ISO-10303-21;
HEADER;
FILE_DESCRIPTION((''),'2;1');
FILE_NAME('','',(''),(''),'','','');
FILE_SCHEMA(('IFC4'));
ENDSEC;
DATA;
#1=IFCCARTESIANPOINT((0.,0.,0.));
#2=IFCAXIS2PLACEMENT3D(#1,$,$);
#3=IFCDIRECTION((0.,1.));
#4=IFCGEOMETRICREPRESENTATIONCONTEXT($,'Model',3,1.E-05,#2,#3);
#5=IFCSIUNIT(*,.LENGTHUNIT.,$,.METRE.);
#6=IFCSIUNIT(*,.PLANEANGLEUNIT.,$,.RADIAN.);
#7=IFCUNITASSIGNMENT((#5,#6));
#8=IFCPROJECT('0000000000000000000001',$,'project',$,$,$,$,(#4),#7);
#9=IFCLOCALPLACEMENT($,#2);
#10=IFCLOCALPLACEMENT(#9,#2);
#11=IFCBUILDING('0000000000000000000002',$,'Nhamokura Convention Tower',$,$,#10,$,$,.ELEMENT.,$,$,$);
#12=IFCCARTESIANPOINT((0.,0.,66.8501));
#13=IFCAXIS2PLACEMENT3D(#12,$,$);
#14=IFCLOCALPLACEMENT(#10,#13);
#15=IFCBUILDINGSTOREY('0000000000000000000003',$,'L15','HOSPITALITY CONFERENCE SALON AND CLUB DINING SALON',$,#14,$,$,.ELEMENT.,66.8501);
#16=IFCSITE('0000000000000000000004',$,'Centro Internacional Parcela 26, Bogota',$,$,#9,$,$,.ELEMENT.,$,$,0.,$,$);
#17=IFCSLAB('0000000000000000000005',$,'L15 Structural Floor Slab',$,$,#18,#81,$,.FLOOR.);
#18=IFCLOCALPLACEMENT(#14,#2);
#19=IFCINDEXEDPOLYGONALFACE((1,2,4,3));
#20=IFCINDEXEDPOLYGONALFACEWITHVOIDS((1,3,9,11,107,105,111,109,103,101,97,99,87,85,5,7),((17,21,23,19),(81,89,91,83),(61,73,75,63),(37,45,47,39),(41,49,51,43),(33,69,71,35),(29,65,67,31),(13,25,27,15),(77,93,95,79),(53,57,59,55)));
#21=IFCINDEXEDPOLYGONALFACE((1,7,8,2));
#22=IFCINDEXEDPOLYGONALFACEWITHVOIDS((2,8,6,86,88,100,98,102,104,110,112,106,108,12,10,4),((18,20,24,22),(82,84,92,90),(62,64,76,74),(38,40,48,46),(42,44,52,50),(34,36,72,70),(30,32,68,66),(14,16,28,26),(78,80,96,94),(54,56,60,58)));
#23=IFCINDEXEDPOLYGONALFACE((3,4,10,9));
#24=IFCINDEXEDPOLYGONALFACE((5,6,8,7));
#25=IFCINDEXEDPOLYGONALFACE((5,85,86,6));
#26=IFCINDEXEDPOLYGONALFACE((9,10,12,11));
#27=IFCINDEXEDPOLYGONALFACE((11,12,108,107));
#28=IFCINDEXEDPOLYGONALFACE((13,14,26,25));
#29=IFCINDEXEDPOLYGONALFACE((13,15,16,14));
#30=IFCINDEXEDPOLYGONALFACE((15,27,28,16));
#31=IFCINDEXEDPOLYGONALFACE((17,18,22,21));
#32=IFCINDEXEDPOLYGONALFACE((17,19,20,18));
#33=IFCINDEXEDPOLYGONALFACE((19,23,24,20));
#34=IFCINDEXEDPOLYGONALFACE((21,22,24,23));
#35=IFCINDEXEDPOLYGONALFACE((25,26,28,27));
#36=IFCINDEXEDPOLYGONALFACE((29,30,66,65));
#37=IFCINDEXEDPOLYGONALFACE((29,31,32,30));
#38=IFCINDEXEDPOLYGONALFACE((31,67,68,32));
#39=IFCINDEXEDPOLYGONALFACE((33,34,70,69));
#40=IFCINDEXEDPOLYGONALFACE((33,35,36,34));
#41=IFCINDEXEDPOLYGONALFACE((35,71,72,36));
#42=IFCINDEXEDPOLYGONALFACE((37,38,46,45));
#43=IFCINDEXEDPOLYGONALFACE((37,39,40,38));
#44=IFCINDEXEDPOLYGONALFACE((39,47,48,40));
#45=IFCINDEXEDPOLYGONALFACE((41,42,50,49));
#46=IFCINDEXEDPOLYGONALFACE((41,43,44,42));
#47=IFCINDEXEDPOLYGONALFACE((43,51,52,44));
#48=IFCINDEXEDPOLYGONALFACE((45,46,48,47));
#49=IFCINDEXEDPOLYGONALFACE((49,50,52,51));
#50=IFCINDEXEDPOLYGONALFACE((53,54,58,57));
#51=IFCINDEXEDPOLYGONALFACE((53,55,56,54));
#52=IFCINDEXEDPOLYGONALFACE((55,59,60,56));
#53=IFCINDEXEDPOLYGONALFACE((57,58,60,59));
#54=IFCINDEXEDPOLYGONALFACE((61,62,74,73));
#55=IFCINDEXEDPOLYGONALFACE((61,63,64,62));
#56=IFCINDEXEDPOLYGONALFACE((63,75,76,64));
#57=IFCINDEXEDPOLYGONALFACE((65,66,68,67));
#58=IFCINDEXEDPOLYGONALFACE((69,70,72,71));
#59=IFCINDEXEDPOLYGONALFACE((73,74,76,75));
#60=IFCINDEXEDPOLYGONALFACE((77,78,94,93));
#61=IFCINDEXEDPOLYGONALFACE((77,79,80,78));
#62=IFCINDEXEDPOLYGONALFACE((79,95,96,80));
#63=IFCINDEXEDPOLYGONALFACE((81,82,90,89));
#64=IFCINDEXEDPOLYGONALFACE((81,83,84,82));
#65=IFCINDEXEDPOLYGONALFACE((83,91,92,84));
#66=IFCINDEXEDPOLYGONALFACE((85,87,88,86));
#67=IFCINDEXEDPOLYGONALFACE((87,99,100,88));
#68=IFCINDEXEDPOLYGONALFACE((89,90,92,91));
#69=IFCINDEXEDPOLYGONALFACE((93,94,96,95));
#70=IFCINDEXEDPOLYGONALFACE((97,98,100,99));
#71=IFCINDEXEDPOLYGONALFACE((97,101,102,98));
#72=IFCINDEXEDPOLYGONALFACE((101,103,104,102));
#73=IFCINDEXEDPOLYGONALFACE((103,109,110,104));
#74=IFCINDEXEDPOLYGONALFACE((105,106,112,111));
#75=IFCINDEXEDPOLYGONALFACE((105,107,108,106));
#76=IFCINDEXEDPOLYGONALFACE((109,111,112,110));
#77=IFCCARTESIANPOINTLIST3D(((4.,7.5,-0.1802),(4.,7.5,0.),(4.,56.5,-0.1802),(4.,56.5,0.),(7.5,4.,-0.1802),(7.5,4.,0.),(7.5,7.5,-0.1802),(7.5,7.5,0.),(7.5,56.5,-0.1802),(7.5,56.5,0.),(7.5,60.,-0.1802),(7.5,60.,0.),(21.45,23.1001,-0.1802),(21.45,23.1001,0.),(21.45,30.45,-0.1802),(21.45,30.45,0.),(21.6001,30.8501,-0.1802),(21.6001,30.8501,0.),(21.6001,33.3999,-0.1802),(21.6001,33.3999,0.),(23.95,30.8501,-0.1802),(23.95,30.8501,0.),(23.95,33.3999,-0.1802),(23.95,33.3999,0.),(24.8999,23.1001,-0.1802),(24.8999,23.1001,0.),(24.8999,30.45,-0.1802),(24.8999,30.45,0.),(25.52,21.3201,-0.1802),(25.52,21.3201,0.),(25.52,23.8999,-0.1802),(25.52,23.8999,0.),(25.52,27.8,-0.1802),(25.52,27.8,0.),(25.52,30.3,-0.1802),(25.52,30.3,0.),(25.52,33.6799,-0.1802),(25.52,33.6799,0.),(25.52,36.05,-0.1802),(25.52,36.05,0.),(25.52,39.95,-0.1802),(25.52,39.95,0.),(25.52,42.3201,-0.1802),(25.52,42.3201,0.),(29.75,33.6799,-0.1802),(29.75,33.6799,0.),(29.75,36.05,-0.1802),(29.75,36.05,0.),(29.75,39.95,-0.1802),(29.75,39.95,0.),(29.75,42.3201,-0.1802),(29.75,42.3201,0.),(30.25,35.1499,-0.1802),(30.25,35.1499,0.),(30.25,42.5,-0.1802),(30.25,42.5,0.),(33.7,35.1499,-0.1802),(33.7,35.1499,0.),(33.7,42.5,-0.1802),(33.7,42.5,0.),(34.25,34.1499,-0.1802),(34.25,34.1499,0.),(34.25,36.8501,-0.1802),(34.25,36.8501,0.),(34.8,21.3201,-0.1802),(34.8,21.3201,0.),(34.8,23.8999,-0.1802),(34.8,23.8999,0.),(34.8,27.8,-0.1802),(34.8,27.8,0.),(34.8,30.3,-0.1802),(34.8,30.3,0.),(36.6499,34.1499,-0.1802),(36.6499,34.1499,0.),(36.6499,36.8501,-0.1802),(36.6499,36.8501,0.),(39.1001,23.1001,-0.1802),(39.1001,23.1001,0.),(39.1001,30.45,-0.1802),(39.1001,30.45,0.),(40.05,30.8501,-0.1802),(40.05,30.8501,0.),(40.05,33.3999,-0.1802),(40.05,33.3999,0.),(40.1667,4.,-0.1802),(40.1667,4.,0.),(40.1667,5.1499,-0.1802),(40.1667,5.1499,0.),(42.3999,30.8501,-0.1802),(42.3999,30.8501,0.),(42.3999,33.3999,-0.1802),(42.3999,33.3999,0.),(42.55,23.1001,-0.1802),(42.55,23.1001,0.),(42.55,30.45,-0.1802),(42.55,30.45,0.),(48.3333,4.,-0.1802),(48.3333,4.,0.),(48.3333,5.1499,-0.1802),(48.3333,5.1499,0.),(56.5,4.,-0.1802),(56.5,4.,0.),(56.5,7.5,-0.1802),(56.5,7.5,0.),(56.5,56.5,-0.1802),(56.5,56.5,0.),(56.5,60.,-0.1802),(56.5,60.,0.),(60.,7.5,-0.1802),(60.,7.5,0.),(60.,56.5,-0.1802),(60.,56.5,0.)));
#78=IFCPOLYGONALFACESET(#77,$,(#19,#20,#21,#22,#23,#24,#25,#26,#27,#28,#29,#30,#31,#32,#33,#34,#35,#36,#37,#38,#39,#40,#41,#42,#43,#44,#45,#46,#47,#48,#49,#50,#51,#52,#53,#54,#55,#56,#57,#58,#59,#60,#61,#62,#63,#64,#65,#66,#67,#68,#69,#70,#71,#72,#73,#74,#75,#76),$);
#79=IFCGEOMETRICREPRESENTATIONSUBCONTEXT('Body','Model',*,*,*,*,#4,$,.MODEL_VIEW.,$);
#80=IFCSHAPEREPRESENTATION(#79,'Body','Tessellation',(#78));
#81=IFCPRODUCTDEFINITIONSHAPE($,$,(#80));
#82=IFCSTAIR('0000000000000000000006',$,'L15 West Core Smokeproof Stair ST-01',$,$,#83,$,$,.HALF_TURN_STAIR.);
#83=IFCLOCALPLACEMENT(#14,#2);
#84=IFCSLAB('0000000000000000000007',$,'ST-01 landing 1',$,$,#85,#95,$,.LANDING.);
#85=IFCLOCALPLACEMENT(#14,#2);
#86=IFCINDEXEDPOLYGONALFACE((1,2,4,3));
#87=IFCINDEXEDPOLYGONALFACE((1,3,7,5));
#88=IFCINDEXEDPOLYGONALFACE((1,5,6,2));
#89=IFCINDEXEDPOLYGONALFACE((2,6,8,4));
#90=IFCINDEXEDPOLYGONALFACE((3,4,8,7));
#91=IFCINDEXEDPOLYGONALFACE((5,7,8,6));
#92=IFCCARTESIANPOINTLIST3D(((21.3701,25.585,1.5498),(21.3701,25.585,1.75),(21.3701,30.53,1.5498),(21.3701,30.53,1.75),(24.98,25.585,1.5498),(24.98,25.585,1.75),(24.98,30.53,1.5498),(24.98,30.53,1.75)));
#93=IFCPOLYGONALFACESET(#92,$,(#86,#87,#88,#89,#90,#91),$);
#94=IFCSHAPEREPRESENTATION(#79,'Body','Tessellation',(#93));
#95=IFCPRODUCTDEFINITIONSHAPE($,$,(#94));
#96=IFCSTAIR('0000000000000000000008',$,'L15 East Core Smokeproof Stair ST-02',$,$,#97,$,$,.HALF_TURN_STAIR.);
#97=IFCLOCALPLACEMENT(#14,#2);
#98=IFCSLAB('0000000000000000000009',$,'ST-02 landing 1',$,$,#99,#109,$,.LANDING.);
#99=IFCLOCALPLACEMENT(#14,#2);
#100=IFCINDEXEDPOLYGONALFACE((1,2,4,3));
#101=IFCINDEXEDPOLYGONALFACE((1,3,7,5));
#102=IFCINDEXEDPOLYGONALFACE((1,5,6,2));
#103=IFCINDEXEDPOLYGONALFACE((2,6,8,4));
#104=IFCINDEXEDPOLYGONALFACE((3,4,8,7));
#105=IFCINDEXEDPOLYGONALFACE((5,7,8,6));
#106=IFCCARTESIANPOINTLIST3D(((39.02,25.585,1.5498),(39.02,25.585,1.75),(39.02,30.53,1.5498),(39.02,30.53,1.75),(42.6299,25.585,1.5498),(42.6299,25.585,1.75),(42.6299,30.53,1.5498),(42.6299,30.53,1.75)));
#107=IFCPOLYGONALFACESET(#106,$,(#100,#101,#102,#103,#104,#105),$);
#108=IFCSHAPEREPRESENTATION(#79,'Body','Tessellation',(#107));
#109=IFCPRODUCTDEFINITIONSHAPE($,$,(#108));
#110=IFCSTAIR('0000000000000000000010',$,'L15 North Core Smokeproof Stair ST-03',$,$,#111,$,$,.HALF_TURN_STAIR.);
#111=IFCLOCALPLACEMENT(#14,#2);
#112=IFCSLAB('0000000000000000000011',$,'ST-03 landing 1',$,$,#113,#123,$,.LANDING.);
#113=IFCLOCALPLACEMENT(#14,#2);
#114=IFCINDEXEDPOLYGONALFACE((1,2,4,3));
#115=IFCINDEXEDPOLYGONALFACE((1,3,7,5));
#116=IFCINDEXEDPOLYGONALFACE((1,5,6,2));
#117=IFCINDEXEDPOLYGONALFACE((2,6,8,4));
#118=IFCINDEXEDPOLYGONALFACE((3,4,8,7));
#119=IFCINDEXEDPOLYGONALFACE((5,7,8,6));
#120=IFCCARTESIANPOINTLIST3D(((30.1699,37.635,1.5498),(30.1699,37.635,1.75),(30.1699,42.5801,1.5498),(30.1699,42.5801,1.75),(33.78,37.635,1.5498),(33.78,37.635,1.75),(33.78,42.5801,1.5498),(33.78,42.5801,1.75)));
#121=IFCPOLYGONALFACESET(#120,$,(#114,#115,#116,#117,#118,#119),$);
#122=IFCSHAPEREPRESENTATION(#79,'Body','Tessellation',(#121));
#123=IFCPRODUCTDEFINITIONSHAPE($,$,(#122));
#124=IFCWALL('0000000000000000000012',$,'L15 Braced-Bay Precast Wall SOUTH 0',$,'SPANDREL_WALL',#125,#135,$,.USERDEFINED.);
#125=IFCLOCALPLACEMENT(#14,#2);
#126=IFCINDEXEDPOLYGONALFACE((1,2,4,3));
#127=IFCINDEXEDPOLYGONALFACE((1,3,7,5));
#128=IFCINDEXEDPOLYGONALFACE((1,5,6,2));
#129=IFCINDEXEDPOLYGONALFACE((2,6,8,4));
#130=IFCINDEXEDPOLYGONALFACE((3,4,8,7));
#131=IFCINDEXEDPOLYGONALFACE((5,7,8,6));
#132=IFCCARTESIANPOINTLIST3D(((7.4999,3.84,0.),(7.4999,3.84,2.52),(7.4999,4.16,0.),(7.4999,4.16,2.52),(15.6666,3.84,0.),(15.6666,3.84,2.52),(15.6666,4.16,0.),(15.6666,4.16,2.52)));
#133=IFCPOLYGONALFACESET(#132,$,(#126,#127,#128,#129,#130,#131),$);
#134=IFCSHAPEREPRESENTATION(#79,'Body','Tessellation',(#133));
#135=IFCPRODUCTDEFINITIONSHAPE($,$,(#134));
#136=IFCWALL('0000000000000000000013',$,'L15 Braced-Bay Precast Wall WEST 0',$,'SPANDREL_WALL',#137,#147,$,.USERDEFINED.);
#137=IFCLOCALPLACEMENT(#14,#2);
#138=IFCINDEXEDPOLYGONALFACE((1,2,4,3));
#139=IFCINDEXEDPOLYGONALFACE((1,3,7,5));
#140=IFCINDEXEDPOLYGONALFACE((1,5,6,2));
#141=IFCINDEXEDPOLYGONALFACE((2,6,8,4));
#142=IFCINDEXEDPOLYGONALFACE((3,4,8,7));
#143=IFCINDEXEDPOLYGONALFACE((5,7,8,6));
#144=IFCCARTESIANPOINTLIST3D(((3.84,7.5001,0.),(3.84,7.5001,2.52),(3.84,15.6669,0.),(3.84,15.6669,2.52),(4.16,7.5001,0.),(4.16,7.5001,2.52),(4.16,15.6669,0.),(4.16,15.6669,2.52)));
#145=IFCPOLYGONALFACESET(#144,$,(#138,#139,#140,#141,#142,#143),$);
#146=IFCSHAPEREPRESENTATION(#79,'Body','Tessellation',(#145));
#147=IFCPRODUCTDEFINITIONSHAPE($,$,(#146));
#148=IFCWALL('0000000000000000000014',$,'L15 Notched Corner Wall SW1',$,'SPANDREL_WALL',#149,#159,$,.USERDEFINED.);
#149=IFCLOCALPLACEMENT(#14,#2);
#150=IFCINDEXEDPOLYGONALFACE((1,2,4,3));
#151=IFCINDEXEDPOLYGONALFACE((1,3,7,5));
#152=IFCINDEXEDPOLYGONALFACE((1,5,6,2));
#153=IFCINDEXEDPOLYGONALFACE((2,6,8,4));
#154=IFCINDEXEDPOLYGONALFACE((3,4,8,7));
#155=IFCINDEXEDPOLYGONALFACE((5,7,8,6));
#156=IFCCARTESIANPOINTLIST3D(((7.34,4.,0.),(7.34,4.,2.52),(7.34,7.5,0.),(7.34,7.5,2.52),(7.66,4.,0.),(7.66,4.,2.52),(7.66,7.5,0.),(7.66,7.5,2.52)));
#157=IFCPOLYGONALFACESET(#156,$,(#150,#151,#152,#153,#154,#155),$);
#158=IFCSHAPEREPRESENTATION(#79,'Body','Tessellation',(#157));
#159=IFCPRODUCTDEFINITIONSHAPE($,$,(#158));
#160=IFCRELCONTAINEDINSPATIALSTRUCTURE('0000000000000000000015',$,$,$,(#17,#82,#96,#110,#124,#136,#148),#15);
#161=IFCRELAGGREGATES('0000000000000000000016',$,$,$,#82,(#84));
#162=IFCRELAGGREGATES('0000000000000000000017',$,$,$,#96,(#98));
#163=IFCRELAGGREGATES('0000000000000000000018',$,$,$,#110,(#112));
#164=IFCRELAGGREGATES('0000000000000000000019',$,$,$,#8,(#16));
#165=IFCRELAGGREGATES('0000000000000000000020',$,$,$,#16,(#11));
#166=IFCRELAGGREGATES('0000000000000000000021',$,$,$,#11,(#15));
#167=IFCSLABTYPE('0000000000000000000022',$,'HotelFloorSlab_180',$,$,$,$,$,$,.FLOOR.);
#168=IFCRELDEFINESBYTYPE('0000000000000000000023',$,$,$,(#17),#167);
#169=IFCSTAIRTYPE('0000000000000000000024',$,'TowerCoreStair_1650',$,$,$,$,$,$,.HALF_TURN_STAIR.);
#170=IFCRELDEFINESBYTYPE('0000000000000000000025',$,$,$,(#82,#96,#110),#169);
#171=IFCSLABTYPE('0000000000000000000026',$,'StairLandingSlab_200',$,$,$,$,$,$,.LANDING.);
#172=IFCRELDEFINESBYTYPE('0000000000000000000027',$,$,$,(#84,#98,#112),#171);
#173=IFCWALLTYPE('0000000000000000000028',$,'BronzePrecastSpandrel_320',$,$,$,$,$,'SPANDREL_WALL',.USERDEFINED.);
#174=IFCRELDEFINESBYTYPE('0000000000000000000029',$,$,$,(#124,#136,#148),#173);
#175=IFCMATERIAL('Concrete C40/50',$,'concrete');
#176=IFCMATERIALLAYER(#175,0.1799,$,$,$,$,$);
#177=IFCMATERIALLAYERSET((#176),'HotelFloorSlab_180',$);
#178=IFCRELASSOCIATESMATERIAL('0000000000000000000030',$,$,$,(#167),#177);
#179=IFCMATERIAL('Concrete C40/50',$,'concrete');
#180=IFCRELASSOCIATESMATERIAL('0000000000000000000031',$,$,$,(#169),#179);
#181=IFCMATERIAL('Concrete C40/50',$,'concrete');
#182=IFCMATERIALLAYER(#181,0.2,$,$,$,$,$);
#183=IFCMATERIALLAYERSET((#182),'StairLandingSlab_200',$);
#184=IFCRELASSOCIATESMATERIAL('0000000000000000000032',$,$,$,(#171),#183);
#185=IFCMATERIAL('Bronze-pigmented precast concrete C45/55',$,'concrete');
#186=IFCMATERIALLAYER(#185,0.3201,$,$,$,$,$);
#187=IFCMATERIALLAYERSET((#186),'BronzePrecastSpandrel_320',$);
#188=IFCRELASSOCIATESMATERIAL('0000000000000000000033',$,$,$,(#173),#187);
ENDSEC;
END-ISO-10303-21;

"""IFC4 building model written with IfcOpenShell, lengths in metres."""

from ifc_helpers import new_model, si_unit, direction, frame, frame_2d, origin, place, context, subcontext, project, spatial, polyline, rectangle, outline, extrude, material, layer, layer_set, type_object, element, aggregate, save


model = new_model("IFC4")

# Units and contexts
model_context = context("Model", 3, precision=1e-05, world=origin(), true_north=direction((0.0, 1.0)))
body_context = subcontext(model_context, "Body", "Model", "MODEL_VIEW")
ifc_project = project(units=[si_unit("LENGTHUNIT", "METRE"), si_unit("PLANEANGLEUNIT", "RADIAN")], contexts=[model_context])

# Site, building, storey
site_placement = place(None, origin())
site = spatial("IfcSite", under=ifc_project, at=site_placement, Name="Centro Internacional Parcela 26, Bogota", CompositionType="ELEMENT", RefElevation=0.0)
building_placement = place(site_placement, origin())
building = spatial("IfcBuilding", under=site, at=building_placement, Name="Nhamokura Convention Tower", CompositionType="ELEMENT")
storey_placement = place(building_placement, frame((0.0, 0.0, 66.8501)))
storey = spatial("IfcBuildingStorey", under=building, at=storey_placement, Name="L15", Description="HOSPITALITY CONFERENCE SALON AND CLUB DINING SALON", CompositionType="ELEMENT", Elevation=66.8501)

# Slab
ifc_material_1 = material(Name="Concrete C40/50", Category="concrete")
ifc_layer_1 = layer(ifc_material_1, 0.1799)
ifc_layer_set_1 = layer_set([ifc_layer_1], Name="HotelFloorSlab_180")
slab_type_1 = type_object("IfcSlabType", Name="HotelFloorSlab_180", PredefinedType="FLOOR", material=ifc_layer_set_1)
slab_1_placement = place(storey_placement, frame((0.0, 0.0, -0.1802)))
element("IfcSlab", 1, at=slab_1_placement, inside=storey, type_object=slab_type_1, Name="L15 Structural Floor Slab", PredefinedType="FLOOR", context=body_context, shape_type="SweptSolid", body=[
    extrude(outline(polyline([(7.5, 4.0), (40.1667, 4.0), (40.1667, 5.1499), (48.3333, 5.1499), (48.3333, 4.0), (56.5, 4.0), (56.5, 7.5), (60.0, 7.5), (60.0, 56.5), (56.5, 56.5), (56.5, 60.0), (7.5, 60.0), (7.5, 56.5), (4.0, 56.5), (4.0, 7.5), (7.5, 7.5), (7.5, 4.0)]), holes=[polyline([(24.8999, 23.1001), (24.8999, 30.45), (21.45, 30.45), (21.45, 23.1001), (24.8999, 23.1001)]), polyline([(42.55, 23.1001), (42.55, 30.45), (39.1001, 30.45), (39.1001, 23.1001), (42.55, 23.1001)]), polyline([(33.7, 35.1499), (33.7, 42.5), (30.25, 42.5), (30.25, 35.1499), (33.7, 35.1499)]), polyline([(21.6001, 30.8501), (23.95, 30.8501), (23.95, 33.3999), (21.6001, 33.3999), (21.6001, 30.8501)]), polyline([(40.05, 30.8501), (42.3999, 30.8501), (42.3999, 33.3999), (40.05, 33.3999), (40.05, 30.8501)]), polyline([(34.25, 34.1499), (36.6499, 34.1499), (36.6499, 36.8501), (34.25, 36.8501), (34.25, 34.1499)]), polyline([(25.52, 21.3201), (34.8, 21.3201), (34.8, 23.8999), (25.52, 23.8999), (25.52, 21.3201)]), polyline([(25.52, 27.8), (34.8, 27.8), (34.8, 30.3), (25.52, 30.3), (25.52, 27.8)]), polyline([(25.52, 33.6799), (29.75, 33.6799), (29.75, 36.05), (25.52, 36.05), (25.52, 33.6799)]), polyline([(25.52, 39.95), (29.75, 39.95), (29.75, 42.3201), (25.52, 42.3201), (25.52, 39.95)])]), origin(), (0.0, 0.0, 1.0), 0.1802),
])

# Stairs, slabs
ifc_material_2 = material(Name="Concrete C40/50", Category="concrete")
stair_type = type_object("IfcStairType", Name="TowerCoreStair_1650", PredefinedType="HALF_TURN_STAIR", material=ifc_material_2)
stair_1_placement = place(storey_placement, origin())
stair_1 = element("IfcStair", 2, at=stair_1_placement, inside=storey, type_object=stair_type, Name="L15 West Core Smokeproof Stair ST-01", PredefinedType="HALF_TURN_STAIR")
ifc_material_3 = material(Name="Concrete C40/50", Category="concrete")
ifc_layer_2 = layer(ifc_material_3, 0.2)
ifc_layer_set_2 = layer_set([ifc_layer_2], Name="StairLandingSlab_200")
slab_type_2 = type_object("IfcSlabType", Name="StairLandingSlab_200", PredefinedType="LANDING", material=ifc_layer_set_2)
slab_2_placement = place(storey_placement, frame((0.0, 0.0, 1.5498)))
slab_2 = element("IfcSlab", 3, at=slab_2_placement, type_object=slab_type_2, Name="ST-01 landing 1", PredefinedType="LANDING", context=body_context, shape_type="SweptSolid", body=[
    extrude(outline(polyline([(24.98, 25.585), (24.98, 30.53), (21.3701, 30.53), (21.3701, 25.585), (24.98, 25.585)])), origin(), (0.0, 0.0, 1.0), 0.2002),
])
aggregate(stair_1, [slab_2])
stair_2_placement = place(storey_placement, origin())
stair_2 = element("IfcStair", 4, at=stair_2_placement, inside=storey, type_object=stair_type, Name="L15 East Core Smokeproof Stair ST-02", PredefinedType="HALF_TURN_STAIR")
slab_3_placement = place(storey_placement, frame((0.0, 0.0, 1.5498)))
slab_3 = element("IfcSlab", 5, at=slab_3_placement, type_object=slab_type_2, Name="ST-02 landing 1", PredefinedType="LANDING", context=body_context, shape_type="SweptSolid", body=[
    extrude(outline(polyline([(42.6299, 25.585), (42.6299, 30.53), (39.02, 30.53), (39.02, 25.585), (42.6299, 25.585)])), origin(), (0.0, 0.0, 1.0), 0.2002),
])
aggregate(stair_2, [slab_3])
stair_3_placement = place(storey_placement, origin())
stair_3 = element("IfcStair", 6, at=stair_3_placement, inside=storey, type_object=stair_type, Name="L15 North Core Smokeproof Stair ST-03", PredefinedType="HALF_TURN_STAIR")
slab_4_placement = place(storey_placement, frame((0.0, 0.0, 1.5498)))
slab_4 = element("IfcSlab", 7, at=slab_4_placement, type_object=slab_type_2, Name="ST-03 landing 1", PredefinedType="LANDING", context=body_context, shape_type="SweptSolid", body=[
    extrude(outline(polyline([(33.78, 37.635), (33.78, 42.5801), (30.1699, 42.5801), (30.1699, 37.635), (33.78, 37.635)])), origin(), (0.0, 0.0, 1.0), 0.2002),
])
aggregate(stair_3, [slab_4])

# Walls
ifc_material_4 = material(Name="Bronze-pigmented precast concrete C45/55", Category="concrete")
ifc_layer_3 = layer(ifc_material_4, 0.3201)
ifc_layer_set_3 = layer_set([ifc_layer_3], Name="BronzePrecastSpandrel_320")
wall_type = type_object("IfcWallType", Name="BronzePrecastSpandrel_320", ElementType="SPANDREL_WALL", PredefinedType="USERDEFINED", material=ifc_layer_set_3)
for number, where, z_axis, x_axis, name in (
    (8, (15.6667, 4.0, 0.0), (0.0, 0.0, 1.0), (-1.0, 0.0, 0.0), "L15 Braced-Bay Precast Wall SOUTH 0"),
    (9, (4.0, 7.5, 0.0), (0.0, 0.0, 1.0), (0.0, 1.0, 0.0), "L15 Braced-Bay Precast Wall WEST 0"),
):
    element("IfcWall", number, at=place(storey_placement, frame(where, z_axis=z_axis, x_axis=x_axis)), inside=storey, type_object=wall_type, Name=name, ObjectType="SPANDREL_WALL", PredefinedType="USERDEFINED", context=body_context, shape_type="SweptSolid", body=[
        extrude(rectangle(XDim=8.1667, YDim=0.3201, at=frame_2d((4.0835, 0.0))), origin(), (0.0, 0.0, 1.0), 2.52),
    ])
wall_placement = place(storey_placement, frame((7.5, 4.0, 0.0), z_axis=(0.0, 0.0, 1.0), x_axis=(0.0, 1.0, 0.0)))
element("IfcWall", 10, at=wall_placement, inside=storey, type_object=wall_type, Name="L15 Notched Corner Wall SW1", ObjectType="SPANDREL_WALL", PredefinedType="USERDEFINED", context=body_context, shape_type="SweptSolid", body=[
    extrude(rectangle(XDim=3.5, YDim=0.3201, at=frame_2d((1.75, 0.0))), origin(), (0.0, 0.0, 1.0), 2.52),
])

save(model, "model.ifc")
